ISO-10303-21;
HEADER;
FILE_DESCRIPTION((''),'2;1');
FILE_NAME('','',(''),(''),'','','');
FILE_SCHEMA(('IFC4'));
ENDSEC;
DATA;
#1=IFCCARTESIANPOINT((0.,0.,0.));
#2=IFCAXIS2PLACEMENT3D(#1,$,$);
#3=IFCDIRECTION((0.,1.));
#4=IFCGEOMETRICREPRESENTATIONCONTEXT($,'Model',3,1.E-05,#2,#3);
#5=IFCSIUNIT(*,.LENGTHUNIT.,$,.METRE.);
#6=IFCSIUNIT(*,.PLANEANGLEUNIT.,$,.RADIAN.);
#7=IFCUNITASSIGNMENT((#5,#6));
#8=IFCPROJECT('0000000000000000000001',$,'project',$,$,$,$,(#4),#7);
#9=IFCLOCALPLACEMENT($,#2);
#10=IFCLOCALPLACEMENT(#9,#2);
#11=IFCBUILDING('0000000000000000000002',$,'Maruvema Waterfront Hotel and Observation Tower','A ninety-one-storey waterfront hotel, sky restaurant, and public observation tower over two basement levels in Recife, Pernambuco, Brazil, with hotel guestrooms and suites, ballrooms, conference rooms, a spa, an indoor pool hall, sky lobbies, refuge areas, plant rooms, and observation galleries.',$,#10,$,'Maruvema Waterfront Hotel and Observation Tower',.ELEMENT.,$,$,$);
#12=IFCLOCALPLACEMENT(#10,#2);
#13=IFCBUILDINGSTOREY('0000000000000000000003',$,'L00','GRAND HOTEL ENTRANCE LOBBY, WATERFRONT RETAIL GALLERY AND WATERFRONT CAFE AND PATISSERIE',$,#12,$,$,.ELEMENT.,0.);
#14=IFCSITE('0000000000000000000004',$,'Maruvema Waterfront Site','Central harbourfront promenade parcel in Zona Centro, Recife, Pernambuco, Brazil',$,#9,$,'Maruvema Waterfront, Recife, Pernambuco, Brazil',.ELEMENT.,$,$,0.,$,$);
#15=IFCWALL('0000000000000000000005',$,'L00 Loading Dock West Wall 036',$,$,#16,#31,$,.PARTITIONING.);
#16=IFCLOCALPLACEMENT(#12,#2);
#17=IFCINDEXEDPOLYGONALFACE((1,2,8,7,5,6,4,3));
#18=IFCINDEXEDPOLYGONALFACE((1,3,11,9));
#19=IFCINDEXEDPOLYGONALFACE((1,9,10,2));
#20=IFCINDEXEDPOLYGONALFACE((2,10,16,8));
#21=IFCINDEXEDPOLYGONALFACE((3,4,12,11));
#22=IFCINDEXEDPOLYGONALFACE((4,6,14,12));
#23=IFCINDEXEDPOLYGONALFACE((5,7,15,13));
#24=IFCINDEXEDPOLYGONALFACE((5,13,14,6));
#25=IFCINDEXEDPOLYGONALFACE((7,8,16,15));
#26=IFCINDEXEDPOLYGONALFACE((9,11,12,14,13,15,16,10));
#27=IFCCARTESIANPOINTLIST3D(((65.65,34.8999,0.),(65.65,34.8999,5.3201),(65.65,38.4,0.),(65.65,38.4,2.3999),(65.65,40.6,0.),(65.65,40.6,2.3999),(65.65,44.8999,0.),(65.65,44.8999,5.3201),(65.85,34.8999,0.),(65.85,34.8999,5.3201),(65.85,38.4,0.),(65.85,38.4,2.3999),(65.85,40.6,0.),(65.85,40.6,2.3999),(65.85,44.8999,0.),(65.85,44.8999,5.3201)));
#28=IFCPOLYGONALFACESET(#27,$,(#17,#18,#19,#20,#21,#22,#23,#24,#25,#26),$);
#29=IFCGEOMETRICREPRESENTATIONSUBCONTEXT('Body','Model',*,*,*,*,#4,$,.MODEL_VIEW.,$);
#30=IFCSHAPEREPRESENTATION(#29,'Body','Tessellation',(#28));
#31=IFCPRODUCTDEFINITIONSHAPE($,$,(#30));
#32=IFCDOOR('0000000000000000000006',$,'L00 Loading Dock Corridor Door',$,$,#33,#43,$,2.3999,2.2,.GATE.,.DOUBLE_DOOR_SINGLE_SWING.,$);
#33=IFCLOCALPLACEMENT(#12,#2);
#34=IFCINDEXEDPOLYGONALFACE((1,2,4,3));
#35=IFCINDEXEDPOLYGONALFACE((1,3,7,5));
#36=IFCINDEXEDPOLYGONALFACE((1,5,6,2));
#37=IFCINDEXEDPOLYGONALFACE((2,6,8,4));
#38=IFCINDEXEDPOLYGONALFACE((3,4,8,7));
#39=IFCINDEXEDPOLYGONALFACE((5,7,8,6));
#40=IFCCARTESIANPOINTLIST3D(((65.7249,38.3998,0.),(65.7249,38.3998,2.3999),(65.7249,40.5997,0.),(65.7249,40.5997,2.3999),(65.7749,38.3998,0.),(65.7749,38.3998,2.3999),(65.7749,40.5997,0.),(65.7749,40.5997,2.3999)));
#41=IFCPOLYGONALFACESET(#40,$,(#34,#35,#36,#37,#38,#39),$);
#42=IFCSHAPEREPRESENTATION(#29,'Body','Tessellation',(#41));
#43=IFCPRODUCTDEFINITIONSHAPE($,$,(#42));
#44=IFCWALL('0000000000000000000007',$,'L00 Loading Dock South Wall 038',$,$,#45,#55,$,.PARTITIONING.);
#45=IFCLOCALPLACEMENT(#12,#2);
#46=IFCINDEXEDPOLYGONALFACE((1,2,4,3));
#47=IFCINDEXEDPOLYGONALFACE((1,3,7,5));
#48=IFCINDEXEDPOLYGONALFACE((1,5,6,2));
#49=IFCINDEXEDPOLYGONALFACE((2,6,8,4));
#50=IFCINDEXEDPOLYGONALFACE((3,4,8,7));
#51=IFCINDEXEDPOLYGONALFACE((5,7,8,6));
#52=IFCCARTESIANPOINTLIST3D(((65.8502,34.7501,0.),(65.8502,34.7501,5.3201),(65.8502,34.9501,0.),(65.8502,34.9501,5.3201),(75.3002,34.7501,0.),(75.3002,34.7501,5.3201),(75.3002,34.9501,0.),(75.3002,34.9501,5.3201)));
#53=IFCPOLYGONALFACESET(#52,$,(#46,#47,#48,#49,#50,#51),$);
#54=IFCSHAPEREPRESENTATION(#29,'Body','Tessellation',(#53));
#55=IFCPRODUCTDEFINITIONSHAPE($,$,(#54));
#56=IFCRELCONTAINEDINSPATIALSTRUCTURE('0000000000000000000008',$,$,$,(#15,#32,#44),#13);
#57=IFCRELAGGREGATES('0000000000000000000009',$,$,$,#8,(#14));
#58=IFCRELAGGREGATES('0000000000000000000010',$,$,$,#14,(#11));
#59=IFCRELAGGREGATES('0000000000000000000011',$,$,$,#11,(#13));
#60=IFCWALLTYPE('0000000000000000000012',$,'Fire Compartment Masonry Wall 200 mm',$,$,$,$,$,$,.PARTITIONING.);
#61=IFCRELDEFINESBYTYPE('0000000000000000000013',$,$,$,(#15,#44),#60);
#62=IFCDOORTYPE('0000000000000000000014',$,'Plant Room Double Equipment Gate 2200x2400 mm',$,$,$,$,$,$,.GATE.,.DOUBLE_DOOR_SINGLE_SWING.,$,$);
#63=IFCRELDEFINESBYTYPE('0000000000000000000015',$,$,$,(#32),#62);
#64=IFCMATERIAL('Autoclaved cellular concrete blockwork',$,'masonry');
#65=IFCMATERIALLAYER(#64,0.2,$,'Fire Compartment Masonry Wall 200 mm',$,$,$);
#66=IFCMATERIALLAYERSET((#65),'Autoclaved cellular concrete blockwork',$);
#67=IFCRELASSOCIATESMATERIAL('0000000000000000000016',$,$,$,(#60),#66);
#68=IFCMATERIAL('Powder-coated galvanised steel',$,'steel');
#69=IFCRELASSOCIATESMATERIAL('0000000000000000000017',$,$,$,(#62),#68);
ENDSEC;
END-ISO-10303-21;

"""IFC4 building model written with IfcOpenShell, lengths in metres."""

from ifc_helpers import new_model, si_unit, direction, frame, frame_2d, origin, place, context, subcontext, project, spatial, rectangle, extrude, material, layer, layer_set, type_object, element, fill, save


model = new_model("IFC4")

# Units and contexts
model_context = context("Model", 3, precision=1e-05, world=origin(), true_north=direction((0.0, 1.0)))
body_context = subcontext(model_context, "Body", "Model", "MODEL_VIEW")
ifc_project = project(units=[si_unit("LENGTHUNIT", "METRE"), si_unit("PLANEANGLEUNIT", "RADIAN")], contexts=[model_context])

# Site, building, storey
site_placement = place(None, origin())
site = spatial("IfcSite", under=ifc_project, at=site_placement, Name="Maruvema Waterfront Site", Description="Central harbourfront promenade parcel in Zona Centro, Recife, Pernambuco, Brazil", LongName="Maruvema Waterfront, Recife, Pernambuco, Brazil", CompositionType="ELEMENT", RefElevation=0.0)
building_placement = place(site_placement, origin())
building = spatial("IfcBuilding", under=site, at=building_placement, Name="Maruvema Waterfront Hotel and Observation Tower", Description="A ninety-one-storey waterfront hotel, sky restaurant, and public observation tower over two basement levels in Recife, Pernambuco, Brazil, with hotel guestrooms and suites, ballrooms, conference rooms, a spa, an indoor pool hall, sky lobbies, refuge areas, plant rooms, and observation galleries.", LongName="Maruvema Waterfront Hotel and Observation Tower", CompositionType="ELEMENT")
storey_placement = place(building_placement, origin())
storey = spatial("IfcBuildingStorey", under=building, at=storey_placement, Name="L00", Description="GRAND HOTEL ENTRANCE LOBBY, WATERFRONT RETAIL GALLERY AND WATERFRONT CAFE AND PATISSERIE", CompositionType="ELEMENT", Elevation=0.0)

# Wall, opening, door
ifc_material_1 = material(Name="Autoclaved cellular concrete blockwork", Category="masonry")
ifc_layer_1 = layer(ifc_material_1, 0.2, Name="Fire Compartment Masonry Wall 200 mm")
ifc_layer_set_1 = layer_set([ifc_layer_1], Name="Autoclaved cellular concrete blockwork")
wall_type_1 = type_object("IfcWallType", Name="Fire Compartment Masonry Wall 200 mm", PredefinedType="PARTITIONING", material=ifc_layer_set_1)
wall_1_placement = place(storey_placement, frame((65.75, 34.8999, 0.0), z_axis=(0.0, 0.0, 1.0), x_axis=(0.0, 1.0, 0.0)))
wall_1 = element("IfcWall", 1, at=wall_1_placement, inside=storey, type_object=wall_type_1, Name="L00 Loading Dock West Wall 036", PredefinedType="PARTITIONING", context=body_context, shape_type="SweptSolid", body=[
    extrude(rectangle(XDim=10.0, YDim=0.2, at=frame_2d((5.0, 0.0))), origin(), (0.0, 0.0, 1.0), 5.3201),
])
opening_1_placement = place(wall_1_placement, frame((3.5, 0.0, 0.0)))
opening_1 = element("IfcOpeningElement", 2, at=opening_1_placement, cuts=wall_1, PredefinedType="OPENING", context=body_context, shape_type="SweptSolid", body=[
    extrude(rectangle(XDim=2.2, YDim=2.3999, at=frame_2d((1.1001, 1.2))), frame((0.0, 0.1099, 0.0), z_axis=(0.0, -1.0, 0.0), x_axis=(1.0, 0.0, 0.0)), (0.0, 0.0, 1.0), 0.22),
])
ifc_material_2 = material(Name="Powder-coated galvanised steel", Category="steel")
door_type_1 = type_object("IfcDoorType", Name="Plant Room Double Equipment Gate 2200x2400 mm", OperationType="DOUBLE_DOOR_SINGLE_SWING", PredefinedType="GATE", material=ifc_material_2)
door_1_placement = place(opening_1_placement, frame((2.2, 0.0, 0.0), z_axis=(0.0, 0.0, 1.0), x_axis=(-1.0, 0.0, 0.0)))
door_1 = element("IfcDoor", 3, at=door_1_placement, inside=storey, type_object=door_type_1, Name="L00 Loading Dock Corridor Door", OperationType="DOUBLE_DOOR_SINGLE_SWING", OverallHeight=2.3999, OverallWidth=2.2, PredefinedType="GATE", context=body_context, shape_type="SweptSolid", body=[
    extrude(rectangle(XDim=2.2, YDim=2.3999, at=frame_2d((1.1001, 1.2))), frame((0.0, 0.0249, 0.0), z_axis=(0.0, -1.0, 0.0), x_axis=(1.0, 0.0, 0.0)), (0.0, 0.0, 1.0), 0.05),
])
fill(opening_1, door_1)

# Wall
wall_2_placement = place(storey_placement, frame((65.8501, 34.8501, 0.0), z_axis=(0.0, 0.0, 1.0), x_axis=(1.0, 0.0, 0.0)))
element("IfcWall", 4, at=wall_2_placement, inside=storey, type_object=wall_type_1, Name="L00 Loading Dock South Wall 038", PredefinedType="PARTITIONING", context=body_context, shape_type="SweptSolid", body=[
    extrude(rectangle(XDim=9.45, YDim=0.2, at=frame_2d((4.7251, 0.0))), origin(), (0.0, 0.0, 1.0), 5.3201),
])

save(model, "model.ifc")
